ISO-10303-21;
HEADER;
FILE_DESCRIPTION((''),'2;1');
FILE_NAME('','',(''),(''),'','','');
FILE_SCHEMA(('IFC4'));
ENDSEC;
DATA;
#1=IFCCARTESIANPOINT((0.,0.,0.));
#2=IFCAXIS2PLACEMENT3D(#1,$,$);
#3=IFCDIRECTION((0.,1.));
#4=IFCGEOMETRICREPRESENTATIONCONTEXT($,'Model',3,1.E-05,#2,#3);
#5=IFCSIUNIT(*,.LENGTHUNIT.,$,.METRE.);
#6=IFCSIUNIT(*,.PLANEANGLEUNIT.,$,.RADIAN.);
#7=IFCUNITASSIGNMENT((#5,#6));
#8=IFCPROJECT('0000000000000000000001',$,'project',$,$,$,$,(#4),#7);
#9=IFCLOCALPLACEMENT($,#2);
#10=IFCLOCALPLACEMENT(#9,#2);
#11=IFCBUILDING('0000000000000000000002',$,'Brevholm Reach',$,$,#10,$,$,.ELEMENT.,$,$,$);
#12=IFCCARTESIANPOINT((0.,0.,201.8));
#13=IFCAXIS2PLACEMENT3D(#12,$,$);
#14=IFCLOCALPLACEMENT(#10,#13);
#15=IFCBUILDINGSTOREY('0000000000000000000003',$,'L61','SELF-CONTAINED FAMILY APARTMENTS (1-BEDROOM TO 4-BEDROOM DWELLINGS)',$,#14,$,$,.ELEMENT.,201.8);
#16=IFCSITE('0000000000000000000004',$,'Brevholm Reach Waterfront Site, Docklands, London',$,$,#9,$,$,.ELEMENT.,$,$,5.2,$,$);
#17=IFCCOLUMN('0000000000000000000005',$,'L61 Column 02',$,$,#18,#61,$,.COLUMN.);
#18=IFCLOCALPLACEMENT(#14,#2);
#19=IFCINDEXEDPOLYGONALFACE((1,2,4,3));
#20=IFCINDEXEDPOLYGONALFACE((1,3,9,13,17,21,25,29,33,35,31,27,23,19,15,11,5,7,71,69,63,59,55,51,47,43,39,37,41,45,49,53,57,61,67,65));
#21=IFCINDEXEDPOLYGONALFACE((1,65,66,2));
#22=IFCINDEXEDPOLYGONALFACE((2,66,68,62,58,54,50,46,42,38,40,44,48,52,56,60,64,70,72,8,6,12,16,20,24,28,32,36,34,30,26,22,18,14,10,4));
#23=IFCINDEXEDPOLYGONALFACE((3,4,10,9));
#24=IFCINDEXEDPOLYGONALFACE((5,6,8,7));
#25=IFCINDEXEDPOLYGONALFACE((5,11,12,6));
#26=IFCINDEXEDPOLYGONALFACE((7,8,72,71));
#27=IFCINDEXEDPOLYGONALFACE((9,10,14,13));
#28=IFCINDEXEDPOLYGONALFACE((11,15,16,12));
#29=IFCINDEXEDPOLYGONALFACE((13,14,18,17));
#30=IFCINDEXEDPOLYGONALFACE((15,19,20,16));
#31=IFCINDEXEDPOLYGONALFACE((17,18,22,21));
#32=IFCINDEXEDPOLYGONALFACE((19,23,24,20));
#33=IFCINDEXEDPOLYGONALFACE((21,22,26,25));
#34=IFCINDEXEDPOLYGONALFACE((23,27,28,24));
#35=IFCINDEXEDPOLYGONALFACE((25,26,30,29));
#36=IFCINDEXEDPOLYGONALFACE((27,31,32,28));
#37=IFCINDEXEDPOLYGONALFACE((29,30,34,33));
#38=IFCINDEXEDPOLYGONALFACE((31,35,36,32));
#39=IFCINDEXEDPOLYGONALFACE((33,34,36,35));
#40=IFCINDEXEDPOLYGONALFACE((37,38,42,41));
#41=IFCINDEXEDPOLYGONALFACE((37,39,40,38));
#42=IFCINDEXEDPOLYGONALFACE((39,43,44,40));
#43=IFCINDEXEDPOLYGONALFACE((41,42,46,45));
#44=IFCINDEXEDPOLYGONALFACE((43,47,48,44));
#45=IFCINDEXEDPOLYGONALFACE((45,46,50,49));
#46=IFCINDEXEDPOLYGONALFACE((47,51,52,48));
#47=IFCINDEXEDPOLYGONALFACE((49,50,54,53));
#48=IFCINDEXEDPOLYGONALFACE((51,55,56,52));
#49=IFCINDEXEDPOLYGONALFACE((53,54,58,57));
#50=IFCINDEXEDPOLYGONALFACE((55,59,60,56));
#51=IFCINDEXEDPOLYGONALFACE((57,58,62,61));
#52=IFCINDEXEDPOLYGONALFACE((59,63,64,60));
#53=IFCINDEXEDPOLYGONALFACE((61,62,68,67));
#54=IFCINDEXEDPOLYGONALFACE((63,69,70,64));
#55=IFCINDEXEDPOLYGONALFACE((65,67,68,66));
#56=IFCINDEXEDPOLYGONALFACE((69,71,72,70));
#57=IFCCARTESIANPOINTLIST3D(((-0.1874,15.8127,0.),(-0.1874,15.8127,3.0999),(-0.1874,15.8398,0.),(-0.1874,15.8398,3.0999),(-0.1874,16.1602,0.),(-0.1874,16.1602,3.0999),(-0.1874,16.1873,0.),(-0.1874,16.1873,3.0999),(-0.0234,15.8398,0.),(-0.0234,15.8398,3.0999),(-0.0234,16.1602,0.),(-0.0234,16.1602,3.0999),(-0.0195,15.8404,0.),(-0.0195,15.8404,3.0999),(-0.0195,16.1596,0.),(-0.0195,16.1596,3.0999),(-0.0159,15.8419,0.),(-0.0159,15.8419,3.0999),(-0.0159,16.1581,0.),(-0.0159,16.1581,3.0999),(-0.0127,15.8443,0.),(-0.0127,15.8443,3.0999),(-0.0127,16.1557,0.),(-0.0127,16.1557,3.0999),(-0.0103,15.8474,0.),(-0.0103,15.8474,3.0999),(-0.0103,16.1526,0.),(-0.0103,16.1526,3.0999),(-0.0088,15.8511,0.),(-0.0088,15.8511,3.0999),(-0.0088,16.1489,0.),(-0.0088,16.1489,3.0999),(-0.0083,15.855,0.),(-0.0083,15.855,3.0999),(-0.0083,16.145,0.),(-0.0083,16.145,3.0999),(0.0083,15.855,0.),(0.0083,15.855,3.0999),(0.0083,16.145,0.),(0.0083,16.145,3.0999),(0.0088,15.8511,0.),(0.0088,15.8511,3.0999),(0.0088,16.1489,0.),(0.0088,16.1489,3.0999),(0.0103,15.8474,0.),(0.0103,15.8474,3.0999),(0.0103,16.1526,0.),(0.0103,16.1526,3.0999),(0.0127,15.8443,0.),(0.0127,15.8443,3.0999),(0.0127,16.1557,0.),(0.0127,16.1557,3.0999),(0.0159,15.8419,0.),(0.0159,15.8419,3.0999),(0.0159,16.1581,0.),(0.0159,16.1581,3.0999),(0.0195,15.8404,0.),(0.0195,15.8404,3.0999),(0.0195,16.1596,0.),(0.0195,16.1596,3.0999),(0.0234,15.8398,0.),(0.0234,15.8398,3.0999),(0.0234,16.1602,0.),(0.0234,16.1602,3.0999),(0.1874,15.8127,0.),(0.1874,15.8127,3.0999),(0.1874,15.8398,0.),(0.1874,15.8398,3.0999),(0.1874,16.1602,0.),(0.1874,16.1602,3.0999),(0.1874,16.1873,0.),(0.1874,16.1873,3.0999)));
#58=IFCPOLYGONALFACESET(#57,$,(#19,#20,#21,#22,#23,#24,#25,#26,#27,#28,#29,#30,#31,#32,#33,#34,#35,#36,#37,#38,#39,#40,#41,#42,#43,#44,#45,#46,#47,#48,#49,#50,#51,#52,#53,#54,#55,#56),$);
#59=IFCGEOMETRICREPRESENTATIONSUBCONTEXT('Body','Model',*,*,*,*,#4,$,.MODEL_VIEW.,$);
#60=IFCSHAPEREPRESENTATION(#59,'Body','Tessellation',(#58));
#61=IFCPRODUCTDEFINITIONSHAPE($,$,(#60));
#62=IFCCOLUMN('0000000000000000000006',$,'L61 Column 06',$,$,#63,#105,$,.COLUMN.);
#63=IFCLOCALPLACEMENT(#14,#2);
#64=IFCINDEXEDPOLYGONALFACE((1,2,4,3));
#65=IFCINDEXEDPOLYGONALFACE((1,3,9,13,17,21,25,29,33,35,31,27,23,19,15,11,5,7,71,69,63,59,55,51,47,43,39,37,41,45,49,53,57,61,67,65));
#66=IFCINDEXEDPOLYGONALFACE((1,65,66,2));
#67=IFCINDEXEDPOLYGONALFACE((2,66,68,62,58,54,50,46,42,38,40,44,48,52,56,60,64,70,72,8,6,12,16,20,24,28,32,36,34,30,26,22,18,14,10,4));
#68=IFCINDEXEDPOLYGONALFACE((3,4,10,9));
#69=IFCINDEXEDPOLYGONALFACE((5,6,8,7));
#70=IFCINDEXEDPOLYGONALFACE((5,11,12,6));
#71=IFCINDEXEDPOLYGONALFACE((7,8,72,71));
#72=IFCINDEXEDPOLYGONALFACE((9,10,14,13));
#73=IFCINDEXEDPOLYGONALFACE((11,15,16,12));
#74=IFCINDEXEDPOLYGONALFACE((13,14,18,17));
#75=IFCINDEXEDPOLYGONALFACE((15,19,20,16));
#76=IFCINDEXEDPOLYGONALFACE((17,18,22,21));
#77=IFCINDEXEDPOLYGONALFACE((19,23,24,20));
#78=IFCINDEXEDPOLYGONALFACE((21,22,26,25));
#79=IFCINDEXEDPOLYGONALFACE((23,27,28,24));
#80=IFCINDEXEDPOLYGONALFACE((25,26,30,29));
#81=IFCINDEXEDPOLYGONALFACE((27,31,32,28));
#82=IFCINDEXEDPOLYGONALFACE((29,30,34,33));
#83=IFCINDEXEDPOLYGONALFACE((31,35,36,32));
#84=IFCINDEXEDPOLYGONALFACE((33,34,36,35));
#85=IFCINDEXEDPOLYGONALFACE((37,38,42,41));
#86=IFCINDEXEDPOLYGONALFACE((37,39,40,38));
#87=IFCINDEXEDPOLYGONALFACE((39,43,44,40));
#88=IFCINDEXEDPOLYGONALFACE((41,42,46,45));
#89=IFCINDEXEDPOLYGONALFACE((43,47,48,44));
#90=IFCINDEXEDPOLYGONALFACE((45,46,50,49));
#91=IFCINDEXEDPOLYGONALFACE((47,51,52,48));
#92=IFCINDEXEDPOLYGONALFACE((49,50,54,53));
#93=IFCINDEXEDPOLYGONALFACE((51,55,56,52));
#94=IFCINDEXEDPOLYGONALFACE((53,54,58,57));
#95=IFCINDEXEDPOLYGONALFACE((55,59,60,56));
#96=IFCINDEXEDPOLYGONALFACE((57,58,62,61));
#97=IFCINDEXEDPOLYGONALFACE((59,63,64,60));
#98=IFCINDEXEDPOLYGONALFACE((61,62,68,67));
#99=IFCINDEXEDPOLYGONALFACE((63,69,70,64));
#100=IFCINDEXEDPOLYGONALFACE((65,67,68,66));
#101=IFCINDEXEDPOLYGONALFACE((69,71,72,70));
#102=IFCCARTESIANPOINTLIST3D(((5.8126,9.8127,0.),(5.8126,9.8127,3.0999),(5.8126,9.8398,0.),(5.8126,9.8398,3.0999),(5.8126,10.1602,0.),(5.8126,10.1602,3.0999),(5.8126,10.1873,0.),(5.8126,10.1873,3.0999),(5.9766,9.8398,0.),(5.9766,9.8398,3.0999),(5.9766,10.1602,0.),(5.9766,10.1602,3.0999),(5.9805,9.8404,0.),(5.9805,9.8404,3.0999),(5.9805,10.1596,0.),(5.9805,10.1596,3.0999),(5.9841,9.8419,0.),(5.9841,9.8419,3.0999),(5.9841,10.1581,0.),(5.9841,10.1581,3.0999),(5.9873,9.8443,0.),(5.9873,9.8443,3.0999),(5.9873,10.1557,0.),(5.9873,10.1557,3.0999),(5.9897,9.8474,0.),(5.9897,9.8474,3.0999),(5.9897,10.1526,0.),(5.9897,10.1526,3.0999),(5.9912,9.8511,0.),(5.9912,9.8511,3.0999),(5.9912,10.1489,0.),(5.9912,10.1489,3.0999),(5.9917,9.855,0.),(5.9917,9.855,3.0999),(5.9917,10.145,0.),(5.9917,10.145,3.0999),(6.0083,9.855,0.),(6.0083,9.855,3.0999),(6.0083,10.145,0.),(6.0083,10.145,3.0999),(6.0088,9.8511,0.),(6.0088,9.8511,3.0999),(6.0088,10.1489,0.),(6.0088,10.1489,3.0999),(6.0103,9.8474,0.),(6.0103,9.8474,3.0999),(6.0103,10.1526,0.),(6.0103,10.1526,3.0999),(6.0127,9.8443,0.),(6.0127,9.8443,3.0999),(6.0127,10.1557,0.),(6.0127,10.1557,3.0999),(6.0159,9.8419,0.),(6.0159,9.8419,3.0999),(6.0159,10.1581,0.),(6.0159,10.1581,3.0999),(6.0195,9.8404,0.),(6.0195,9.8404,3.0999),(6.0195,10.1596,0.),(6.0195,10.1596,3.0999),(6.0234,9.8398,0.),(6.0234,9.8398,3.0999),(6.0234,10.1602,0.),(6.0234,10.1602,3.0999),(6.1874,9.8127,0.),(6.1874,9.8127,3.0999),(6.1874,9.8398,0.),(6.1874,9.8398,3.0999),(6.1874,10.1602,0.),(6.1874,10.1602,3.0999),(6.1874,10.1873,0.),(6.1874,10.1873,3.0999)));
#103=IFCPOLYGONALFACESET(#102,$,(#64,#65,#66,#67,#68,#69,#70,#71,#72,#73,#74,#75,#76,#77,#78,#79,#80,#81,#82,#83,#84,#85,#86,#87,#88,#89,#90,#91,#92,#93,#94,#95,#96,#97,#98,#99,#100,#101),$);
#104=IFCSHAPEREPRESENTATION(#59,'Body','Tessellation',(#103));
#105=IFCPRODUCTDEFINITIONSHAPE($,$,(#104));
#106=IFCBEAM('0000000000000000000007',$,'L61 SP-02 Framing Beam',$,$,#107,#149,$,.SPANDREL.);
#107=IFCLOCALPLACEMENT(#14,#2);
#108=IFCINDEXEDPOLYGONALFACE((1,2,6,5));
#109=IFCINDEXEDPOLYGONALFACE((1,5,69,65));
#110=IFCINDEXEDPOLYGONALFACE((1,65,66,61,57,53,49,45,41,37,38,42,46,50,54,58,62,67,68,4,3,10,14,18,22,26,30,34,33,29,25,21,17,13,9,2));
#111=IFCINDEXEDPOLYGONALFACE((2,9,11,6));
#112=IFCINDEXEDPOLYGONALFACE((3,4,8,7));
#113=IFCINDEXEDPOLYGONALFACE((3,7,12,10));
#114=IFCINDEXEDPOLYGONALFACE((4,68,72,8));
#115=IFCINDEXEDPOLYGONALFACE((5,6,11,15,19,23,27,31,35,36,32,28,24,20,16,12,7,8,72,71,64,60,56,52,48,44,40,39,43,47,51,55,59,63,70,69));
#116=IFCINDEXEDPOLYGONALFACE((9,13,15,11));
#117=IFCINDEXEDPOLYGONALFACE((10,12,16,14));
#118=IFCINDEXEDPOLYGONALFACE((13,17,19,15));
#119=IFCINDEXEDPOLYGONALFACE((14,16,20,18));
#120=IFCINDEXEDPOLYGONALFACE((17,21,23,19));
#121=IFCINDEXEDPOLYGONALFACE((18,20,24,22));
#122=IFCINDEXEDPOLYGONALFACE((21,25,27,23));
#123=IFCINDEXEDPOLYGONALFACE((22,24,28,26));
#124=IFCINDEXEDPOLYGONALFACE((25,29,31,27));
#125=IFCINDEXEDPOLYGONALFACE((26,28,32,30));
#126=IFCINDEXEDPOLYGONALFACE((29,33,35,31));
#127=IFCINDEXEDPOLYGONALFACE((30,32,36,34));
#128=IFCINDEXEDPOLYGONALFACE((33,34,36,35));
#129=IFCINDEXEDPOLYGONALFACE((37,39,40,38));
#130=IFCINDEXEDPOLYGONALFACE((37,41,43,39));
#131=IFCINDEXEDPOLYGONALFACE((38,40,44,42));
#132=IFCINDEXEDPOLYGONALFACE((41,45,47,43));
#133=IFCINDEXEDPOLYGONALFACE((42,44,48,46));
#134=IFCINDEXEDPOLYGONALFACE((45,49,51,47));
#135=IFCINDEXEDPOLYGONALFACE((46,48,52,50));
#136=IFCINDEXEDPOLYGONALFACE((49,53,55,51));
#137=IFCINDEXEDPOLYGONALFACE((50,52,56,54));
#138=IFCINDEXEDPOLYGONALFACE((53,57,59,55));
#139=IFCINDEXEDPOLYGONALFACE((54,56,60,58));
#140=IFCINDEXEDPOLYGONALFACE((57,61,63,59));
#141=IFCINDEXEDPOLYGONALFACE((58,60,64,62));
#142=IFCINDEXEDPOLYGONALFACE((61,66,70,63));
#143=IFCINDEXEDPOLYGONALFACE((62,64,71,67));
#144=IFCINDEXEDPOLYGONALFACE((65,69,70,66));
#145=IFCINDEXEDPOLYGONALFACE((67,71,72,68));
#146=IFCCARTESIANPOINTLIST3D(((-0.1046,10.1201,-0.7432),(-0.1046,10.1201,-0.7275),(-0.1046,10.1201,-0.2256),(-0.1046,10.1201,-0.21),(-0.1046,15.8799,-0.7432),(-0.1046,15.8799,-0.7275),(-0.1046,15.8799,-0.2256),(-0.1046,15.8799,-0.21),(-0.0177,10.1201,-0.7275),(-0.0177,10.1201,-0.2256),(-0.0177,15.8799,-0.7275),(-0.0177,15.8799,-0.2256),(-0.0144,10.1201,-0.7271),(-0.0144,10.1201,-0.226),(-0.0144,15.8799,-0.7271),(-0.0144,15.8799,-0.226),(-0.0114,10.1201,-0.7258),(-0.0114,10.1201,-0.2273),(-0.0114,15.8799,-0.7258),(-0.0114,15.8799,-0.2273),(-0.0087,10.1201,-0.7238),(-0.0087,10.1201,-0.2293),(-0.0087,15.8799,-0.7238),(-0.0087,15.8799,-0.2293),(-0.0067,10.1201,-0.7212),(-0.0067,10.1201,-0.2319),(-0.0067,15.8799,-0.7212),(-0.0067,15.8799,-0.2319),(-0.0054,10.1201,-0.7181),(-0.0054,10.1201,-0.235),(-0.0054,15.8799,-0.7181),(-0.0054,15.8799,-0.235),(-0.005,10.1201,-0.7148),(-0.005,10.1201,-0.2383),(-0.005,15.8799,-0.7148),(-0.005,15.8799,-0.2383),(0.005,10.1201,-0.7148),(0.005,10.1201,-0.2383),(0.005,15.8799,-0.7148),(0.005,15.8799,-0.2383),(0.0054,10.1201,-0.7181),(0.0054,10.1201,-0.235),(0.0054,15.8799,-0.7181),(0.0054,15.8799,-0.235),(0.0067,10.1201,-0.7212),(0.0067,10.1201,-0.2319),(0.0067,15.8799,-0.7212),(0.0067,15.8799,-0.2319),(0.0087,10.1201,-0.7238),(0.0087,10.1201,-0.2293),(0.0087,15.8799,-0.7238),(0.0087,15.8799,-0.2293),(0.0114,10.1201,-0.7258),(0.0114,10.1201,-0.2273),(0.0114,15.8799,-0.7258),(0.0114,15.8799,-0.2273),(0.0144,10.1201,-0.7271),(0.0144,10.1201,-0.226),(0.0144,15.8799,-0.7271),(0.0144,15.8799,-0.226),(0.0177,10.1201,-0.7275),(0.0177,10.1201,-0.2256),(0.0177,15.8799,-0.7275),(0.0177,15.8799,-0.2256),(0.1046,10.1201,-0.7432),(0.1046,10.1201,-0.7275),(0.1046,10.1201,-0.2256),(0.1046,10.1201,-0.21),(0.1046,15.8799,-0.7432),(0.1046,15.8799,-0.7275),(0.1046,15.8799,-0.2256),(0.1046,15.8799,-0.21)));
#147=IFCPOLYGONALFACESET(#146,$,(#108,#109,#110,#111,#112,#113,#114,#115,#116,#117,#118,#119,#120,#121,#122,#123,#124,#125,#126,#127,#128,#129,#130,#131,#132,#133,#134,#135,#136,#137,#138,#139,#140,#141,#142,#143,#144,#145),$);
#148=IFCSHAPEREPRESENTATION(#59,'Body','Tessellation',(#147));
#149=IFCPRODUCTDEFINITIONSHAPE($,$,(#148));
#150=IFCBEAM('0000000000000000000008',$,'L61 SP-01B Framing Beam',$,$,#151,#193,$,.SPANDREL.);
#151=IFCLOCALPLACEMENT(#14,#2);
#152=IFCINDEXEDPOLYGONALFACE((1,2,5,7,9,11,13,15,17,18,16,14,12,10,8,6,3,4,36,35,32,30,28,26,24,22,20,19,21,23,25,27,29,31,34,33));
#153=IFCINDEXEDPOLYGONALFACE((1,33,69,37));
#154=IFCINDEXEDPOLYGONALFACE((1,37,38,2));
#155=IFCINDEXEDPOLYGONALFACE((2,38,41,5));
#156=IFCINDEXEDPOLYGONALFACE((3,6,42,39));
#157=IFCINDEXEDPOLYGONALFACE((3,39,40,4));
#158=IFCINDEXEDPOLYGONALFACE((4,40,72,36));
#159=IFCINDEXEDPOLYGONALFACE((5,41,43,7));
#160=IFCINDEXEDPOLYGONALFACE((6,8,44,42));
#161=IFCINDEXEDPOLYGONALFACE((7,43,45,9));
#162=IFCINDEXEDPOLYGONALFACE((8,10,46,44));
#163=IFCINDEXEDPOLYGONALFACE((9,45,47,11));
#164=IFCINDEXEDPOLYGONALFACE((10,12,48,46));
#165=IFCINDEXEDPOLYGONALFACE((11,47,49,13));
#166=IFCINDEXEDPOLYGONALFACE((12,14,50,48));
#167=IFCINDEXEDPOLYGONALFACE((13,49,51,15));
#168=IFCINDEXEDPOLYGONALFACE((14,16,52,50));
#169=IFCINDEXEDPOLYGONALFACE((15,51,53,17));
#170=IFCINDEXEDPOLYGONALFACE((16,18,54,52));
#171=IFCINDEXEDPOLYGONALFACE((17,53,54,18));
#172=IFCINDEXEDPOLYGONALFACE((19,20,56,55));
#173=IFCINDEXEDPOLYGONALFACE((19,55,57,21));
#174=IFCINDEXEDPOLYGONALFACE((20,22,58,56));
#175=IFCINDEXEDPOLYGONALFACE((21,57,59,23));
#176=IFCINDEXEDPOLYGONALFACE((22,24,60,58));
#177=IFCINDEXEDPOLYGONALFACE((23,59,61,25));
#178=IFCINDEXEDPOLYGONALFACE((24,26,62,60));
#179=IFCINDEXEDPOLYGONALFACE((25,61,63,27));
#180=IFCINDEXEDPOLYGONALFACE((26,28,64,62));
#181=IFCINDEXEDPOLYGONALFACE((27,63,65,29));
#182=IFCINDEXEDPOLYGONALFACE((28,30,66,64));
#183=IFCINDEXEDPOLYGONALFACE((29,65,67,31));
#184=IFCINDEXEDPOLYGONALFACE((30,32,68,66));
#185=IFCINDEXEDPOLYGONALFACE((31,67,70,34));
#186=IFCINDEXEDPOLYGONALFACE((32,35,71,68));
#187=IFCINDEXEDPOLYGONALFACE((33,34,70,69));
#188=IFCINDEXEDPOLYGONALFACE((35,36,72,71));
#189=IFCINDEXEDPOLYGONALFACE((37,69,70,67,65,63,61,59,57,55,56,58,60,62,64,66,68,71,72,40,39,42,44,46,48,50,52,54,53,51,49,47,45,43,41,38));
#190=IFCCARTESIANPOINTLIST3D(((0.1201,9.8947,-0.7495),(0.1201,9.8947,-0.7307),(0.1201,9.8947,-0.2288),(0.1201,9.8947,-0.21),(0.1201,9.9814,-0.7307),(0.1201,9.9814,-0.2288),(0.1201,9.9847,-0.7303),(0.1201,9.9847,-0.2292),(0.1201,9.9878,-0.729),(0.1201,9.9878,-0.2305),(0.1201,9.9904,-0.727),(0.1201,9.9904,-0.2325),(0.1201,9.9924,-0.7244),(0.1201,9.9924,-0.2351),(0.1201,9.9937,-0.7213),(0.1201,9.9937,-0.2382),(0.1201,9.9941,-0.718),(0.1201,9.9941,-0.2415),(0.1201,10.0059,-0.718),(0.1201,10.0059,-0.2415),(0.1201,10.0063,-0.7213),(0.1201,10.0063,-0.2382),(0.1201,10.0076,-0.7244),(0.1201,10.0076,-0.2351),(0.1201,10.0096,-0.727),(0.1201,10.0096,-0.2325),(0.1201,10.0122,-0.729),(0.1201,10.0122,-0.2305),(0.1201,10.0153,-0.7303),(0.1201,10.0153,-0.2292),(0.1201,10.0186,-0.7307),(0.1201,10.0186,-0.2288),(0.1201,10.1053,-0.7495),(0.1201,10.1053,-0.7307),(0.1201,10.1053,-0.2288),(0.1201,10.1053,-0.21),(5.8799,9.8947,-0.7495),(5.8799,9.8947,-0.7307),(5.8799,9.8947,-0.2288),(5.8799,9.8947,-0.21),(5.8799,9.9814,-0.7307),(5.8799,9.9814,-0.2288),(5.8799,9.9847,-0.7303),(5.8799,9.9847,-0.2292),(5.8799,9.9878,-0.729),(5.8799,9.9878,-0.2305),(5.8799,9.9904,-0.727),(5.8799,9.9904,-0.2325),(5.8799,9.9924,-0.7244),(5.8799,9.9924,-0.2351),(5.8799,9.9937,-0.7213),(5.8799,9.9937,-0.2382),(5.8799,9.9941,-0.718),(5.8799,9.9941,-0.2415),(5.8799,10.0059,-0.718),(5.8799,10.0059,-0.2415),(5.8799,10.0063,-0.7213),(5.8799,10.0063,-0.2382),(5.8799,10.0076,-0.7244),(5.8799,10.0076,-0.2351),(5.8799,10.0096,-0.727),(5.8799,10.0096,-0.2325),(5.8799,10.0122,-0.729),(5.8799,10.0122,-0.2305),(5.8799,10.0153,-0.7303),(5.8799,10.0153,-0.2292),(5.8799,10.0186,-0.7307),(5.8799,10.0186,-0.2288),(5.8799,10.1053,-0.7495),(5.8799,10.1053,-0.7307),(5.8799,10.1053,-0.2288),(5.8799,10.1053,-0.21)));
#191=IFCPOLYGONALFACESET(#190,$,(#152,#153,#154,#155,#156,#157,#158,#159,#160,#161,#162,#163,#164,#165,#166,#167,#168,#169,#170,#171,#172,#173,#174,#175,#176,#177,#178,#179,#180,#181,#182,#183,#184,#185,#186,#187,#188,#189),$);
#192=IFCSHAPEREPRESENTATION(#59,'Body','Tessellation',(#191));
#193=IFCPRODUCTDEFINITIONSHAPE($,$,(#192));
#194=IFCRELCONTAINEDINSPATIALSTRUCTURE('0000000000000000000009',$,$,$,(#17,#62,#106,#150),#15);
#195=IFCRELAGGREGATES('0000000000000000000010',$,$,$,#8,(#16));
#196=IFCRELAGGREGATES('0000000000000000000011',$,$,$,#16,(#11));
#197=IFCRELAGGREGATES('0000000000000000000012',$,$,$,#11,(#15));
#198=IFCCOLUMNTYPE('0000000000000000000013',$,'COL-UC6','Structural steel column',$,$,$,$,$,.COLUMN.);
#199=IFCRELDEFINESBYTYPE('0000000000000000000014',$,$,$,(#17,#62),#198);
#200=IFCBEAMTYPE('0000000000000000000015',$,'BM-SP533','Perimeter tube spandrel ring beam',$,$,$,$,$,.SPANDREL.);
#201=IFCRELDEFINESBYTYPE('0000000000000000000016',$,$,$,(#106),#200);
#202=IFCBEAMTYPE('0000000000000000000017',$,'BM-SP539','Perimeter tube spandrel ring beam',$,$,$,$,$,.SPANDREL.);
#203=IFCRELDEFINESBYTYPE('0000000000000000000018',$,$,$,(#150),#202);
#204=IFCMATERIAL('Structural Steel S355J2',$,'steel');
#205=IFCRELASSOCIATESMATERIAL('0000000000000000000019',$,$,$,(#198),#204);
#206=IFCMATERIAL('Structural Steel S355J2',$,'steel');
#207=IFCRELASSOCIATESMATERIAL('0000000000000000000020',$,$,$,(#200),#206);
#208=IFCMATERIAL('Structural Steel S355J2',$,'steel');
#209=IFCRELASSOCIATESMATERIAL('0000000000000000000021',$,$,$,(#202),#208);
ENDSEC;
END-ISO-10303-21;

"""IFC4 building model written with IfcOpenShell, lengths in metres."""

from ifc_helpers import new_model, si_unit, direction, frame, origin, origin_2d, place, context, subcontext, project, spatial, i_section, extrude, material, material_profile, profile_set, type_object, element, save


model = new_model("IFC4")

# Units and contexts
model_context = context("Model", 3, precision=1e-05, world=origin(), true_north=direction((0.0, 1.0)))
body_context = subcontext(model_context, "Body", "Model", "MODEL_VIEW")
ifc_project = project(units=[si_unit("LENGTHUNIT", "METRE"), si_unit("PLANEANGLEUNIT", "RADIAN")], contexts=[model_context])

# Site, building, storey
site_placement = place(None, origin())
site = spatial("IfcSite", under=ifc_project, at=site_placement, Name="Brevholm Reach Waterfront Site, Docklands, London", CompositionType="ELEMENT", RefElevation=5.2)
building_placement = place(site_placement, origin())
building = spatial("IfcBuilding", under=site, at=building_placement, Name="Brevholm Reach", CompositionType="ELEMENT")
storey_placement = place(building_placement, frame((0.0, 0.0, 201.8)))
storey = spatial("IfcBuildingStorey", under=building, at=storey_placement, Name="L61", Description="SELF-CONTAINED FAMILY APARTMENTS (1-BEDROOM TO 4-BEDROOM DWELLINGS)", CompositionType="ELEMENT", Elevation=201.8)

# Columns
ifc_material_1 = material(Name="Structural Steel S355J2", Category="steel")
ifc_material_profile_1 = material_profile(ifc_material_1, i_section(OverallWidth=0.3748, OverallDepth=0.3745, WebThickness=0.0166, FlangeThickness=0.0271, FilletRadius=0.0151, at=origin_2d()), Name="UKC 356x368x202")
ifc_profile_set_1 = profile_set([ifc_material_profile_1], Name="Structural Steel S355J2")
column_type = type_object("IfcColumnType", Name="COL-UC6", Description="Structural steel column", PredefinedType="COLUMN", material=ifc_profile_set_1)
for number, where, z_axis, x_axis, name in (
    (1, (0.0, 16.0, 0.0), (0.0, 0.0, 1.0), (1.0, 0.0, 0.0), "L61 Column 02"),
    (2, (6.0, 10.0, 0.0), (0.0, 0.0, 1.0), (1.0, 0.0, 0.0), "L61 Column 06"),
):
    element("IfcColumn", number, at=place(storey_placement, frame(where, z_axis=z_axis, x_axis=x_axis)), inside=storey, type_object=column_type, Name=name, PredefinedType="COLUMN", context=body_context, shape_type="SweptSolid", body=[
        extrude(i_section(OverallWidth=0.3748, OverallDepth=0.3745, WebThickness=0.0166, FlangeThickness=0.0271, FilletRadius=0.0151, at=origin_2d()), origin(), (0.0, 0.0, 1.0), 3.0999),
    ])

# Beams
ifc_material_2 = material(Name="Structural Steel S355J2", Category="steel")
ifc_material_profile_2 = material_profile(ifc_material_2, i_section(OverallWidth=0.2092, OverallDepth=0.5332, WebThickness=0.01, FlangeThickness=0.0156, FilletRadius=0.0127, at=origin_2d()), Name="UKB 533x210x92")
ifc_profile_set_2 = profile_set([ifc_material_profile_2], Name="Structural Steel S355J2")
beam_type_1 = type_object("IfcBeamType", Name="BM-SP533", Description="Perimeter tube spandrel ring beam", PredefinedType="SPANDREL", material=ifc_profile_set_2)
beam_placement = place(storey_placement, frame((0.0, 10.1201, -0.4766), z_axis=(0.0, 1.0, 0.0), x_axis=(-1.0, 0.0, 0.0)))
element("IfcBeam", 3, at=beam_placement, inside=storey, type_object=beam_type_1, Name="L61 SP-02 Framing Beam", PredefinedType="SPANDREL", context=body_context, shape_type="SweptSolid", body=[
    extrude(i_section(OverallWidth=0.2092, OverallDepth=0.5332, WebThickness=0.01, FlangeThickness=0.0156, FilletRadius=0.0127, at=origin_2d()), origin(), (0.0, 0.0, 1.0), 5.7598),
])
ifc_material_3 = material(Name="Structural Steel S355J2", Category="steel")
ifc_material_profile_3 = material_profile(ifc_material_3, i_section(OverallWidth=0.2107, OverallDepth=0.5396, WebThickness=0.0117, FlangeThickness=0.0188, FilletRadius=0.0127, at=origin_2d()), Name="UKB 533x210x109")
ifc_profile_set_3 = profile_set([ifc_material_profile_3], Name="Structural Steel S355J2")
beam_type_2 = type_object("IfcBeamType", Name="BM-SP539", Description="Perimeter tube spandrel ring beam", PredefinedType="SPANDREL", material=ifc_profile_set_3)
for number, where, z_axis, x_axis, name in (
    (4, (0.1201, 10.0, -0.4797), (1.0, 0.0, 0.0), (0.0, 1.0, 0.0), "L61 SP-01B Framing Beam"),
):
    element("IfcBeam", number, at=place(storey_placement, frame(where, z_axis=z_axis, x_axis=x_axis)), inside=storey, type_object=beam_type_2, Name=name, PredefinedType="SPANDREL", context=body_context, shape_type="SweptSolid", body=[
        extrude(i_section(OverallWidth=0.2107, OverallDepth=0.5396, WebThickness=0.0117, FlangeThickness=0.0188, FilletRadius=0.0127, at=origin_2d()), origin(), (0.0, 0.0, 1.0), 5.7598),
    ])

save(model, "model.ifc")
